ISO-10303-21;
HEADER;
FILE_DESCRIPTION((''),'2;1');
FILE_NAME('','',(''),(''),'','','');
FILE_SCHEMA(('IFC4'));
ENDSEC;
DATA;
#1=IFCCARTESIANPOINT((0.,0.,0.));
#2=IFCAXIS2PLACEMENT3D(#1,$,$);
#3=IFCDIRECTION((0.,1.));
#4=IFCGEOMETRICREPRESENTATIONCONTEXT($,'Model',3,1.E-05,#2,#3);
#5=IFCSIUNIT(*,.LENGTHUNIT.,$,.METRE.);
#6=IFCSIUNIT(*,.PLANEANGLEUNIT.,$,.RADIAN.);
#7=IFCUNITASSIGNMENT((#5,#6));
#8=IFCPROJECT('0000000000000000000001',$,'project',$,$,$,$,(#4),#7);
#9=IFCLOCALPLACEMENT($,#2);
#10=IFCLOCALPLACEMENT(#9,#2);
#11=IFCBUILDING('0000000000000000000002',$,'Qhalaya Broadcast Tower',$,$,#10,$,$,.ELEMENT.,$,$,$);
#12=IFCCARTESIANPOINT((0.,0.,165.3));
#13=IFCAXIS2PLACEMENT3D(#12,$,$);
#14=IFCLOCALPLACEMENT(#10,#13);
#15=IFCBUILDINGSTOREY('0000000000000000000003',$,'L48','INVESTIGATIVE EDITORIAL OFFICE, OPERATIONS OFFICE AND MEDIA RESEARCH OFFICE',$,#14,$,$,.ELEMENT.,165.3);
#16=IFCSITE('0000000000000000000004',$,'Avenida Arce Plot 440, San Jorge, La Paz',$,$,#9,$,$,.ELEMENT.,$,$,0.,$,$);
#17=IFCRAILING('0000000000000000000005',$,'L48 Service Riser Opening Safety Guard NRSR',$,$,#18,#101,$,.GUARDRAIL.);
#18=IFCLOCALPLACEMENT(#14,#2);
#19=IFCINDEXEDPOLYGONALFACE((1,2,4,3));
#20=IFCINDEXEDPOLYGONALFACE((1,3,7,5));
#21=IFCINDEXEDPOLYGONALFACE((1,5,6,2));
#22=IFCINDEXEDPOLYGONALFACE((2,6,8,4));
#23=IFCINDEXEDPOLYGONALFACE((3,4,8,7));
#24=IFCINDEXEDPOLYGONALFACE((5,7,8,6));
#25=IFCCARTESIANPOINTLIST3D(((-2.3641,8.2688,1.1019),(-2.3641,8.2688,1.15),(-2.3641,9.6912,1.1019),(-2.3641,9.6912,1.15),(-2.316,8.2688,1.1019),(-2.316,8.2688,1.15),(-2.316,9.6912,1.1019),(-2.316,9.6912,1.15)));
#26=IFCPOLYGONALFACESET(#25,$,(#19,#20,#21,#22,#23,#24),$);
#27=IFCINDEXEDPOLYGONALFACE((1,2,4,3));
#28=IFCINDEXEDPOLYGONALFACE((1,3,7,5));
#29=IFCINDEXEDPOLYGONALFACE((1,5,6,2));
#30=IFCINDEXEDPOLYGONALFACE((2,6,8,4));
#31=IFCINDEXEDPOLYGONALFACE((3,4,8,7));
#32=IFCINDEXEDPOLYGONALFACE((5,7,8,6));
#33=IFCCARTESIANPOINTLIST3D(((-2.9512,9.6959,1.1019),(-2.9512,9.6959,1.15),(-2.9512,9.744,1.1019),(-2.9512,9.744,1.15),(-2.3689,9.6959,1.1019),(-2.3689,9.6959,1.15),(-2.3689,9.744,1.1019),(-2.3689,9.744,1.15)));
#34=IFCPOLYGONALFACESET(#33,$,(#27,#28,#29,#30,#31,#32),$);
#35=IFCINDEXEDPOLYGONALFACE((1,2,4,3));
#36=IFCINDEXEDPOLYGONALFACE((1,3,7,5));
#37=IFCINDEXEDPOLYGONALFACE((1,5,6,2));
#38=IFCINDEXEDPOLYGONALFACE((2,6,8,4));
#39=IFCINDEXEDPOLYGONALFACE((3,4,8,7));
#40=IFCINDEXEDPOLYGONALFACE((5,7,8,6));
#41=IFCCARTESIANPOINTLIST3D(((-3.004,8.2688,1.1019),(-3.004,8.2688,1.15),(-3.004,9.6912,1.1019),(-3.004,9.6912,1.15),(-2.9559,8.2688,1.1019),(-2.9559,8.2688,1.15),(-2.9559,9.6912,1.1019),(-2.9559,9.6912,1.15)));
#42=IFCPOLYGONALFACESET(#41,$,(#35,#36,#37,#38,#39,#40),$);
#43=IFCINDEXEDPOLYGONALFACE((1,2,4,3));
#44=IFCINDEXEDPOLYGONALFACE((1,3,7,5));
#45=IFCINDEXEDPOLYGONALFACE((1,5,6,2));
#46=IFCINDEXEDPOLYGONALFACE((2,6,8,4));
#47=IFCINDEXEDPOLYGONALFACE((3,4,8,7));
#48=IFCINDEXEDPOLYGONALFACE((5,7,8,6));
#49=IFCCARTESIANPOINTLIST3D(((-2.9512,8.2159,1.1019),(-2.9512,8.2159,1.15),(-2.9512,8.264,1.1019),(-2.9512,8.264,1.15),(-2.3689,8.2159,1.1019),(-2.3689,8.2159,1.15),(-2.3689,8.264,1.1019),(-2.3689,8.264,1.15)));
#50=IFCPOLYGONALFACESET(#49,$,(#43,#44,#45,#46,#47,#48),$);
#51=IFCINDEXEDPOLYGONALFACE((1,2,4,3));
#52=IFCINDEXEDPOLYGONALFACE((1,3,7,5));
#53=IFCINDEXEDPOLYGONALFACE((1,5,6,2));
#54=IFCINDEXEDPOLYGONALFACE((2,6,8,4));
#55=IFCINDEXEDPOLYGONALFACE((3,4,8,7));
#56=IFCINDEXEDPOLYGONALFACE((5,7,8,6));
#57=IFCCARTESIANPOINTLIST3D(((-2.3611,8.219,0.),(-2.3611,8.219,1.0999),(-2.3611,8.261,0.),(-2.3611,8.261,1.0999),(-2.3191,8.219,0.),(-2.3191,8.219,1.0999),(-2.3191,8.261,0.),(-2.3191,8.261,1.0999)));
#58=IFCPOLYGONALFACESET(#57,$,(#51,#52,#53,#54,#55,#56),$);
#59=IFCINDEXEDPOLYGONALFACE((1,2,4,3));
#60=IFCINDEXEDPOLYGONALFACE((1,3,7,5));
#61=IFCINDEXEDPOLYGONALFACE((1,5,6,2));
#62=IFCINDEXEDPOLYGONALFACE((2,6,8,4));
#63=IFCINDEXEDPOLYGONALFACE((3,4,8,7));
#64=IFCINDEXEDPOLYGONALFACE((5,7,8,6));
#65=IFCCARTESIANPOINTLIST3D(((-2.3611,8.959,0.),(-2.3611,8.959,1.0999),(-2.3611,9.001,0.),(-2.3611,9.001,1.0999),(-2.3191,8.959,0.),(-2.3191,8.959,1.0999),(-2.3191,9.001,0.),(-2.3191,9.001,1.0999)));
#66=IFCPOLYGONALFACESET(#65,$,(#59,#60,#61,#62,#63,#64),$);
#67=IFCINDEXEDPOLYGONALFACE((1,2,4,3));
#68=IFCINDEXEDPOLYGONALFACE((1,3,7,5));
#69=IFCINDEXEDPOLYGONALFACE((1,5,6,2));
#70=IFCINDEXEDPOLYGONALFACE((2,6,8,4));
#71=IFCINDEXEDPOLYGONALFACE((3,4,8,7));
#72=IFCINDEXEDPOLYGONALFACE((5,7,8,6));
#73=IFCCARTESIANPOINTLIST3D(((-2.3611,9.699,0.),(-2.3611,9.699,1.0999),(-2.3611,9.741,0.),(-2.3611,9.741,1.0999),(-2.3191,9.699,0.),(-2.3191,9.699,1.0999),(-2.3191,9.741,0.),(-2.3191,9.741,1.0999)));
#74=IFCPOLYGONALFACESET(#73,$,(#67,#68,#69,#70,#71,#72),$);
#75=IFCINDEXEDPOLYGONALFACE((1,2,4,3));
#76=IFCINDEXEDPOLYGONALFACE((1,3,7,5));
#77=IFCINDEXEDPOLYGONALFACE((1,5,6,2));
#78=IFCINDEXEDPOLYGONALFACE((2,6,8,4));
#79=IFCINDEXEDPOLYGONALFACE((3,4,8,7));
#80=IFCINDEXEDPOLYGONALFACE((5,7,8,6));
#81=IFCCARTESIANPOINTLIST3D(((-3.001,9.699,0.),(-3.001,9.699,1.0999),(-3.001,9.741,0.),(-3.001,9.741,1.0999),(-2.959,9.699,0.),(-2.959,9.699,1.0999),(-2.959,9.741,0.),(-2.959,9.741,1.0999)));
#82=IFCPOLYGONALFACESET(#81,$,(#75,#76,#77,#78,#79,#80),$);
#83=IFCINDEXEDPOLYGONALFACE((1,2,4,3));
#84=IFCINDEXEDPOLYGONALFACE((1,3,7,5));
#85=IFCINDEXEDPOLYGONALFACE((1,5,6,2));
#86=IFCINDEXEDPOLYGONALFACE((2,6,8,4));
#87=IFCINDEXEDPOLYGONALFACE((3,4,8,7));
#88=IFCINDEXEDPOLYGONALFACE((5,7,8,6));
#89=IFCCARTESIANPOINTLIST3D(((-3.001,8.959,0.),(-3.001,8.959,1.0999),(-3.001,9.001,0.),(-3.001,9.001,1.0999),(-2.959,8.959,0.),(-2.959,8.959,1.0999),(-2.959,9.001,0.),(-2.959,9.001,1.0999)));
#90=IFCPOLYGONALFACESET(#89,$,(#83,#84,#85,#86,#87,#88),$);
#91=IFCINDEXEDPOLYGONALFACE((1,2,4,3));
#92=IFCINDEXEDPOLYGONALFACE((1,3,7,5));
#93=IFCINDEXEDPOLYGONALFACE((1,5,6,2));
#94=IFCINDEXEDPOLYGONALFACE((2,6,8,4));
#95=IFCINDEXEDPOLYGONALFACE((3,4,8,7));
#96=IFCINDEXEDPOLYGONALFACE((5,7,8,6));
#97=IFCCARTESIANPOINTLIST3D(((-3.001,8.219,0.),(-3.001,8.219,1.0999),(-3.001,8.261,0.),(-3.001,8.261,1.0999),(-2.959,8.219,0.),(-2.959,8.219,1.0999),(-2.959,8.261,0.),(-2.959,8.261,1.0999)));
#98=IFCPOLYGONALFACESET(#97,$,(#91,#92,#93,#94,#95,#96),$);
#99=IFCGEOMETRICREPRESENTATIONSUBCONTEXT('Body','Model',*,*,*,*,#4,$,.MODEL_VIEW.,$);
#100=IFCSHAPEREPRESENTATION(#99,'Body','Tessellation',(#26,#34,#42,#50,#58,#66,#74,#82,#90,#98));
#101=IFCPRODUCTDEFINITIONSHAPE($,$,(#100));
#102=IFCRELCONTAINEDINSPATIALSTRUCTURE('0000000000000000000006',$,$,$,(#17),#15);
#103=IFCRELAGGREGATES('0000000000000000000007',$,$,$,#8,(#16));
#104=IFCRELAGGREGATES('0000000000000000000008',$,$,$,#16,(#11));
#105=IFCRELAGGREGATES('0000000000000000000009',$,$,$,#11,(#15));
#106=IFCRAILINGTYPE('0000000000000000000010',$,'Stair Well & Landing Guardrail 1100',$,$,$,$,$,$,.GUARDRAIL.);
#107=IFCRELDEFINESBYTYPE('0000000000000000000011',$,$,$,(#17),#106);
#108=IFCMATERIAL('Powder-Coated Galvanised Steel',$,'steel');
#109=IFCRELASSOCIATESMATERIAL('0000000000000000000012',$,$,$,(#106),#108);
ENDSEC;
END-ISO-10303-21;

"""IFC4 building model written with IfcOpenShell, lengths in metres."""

from ifc_helpers import new_model, si_unit, direction, frame, origin, origin_2d, place, context, subcontext, project, spatial, rectangle, extrude, material, type_object, element, save


model = new_model("IFC4")

# Units and contexts
model_context = context("Model", 3, precision=1e-05, world=origin(), true_north=direction((0.0, 1.0)))
body_context = subcontext(model_context, "Body", "Model", "MODEL_VIEW")
ifc_project = project(units=[si_unit("LENGTHUNIT", "METRE"), si_unit("PLANEANGLEUNIT", "RADIAN")], contexts=[model_context])

# Site, building, storey
site_placement = place(None, origin())
site = spatial("IfcSite", under=ifc_project, at=site_placement, Name="Avenida Arce Plot 440, San Jorge, La Paz", CompositionType="ELEMENT", RefElevation=0.0)
building_placement = place(site_placement, origin())
building = spatial("IfcBuilding", under=site, at=building_placement, Name="Qhalaya Broadcast Tower", CompositionType="ELEMENT")
storey_placement = place(building_placement, frame((0.0, 0.0, 165.3)))
storey = spatial("IfcBuildingStorey", under=building, at=storey_placement, Name="L48", Description="INVESTIGATIVE EDITORIAL OFFICE, OPERATIONS OFFICE AND MEDIA RESEARCH OFFICE", CompositionType="ELEMENT", Elevation=165.3)

# Railing
ifc_material_1 = material(Name="Powder-Coated Galvanised Steel", Category="steel")
railing_type = type_object("IfcRailingType", Name="Stair Well & Landing Guardrail 1100", PredefinedType="GUARDRAIL", material=ifc_material_1)
railing_placement = place(storey_placement, frame((-2.3401, 8.24, 0.0)))
element("IfcRailing", 1, at=railing_placement, inside=storey, type_object=railing_type, Name="L48 Service Riser Opening Safety Guard NRSR", PredefinedType="GUARDRAIL", context=body_context, shape_type="SweptSolid", body=[
    extrude(rectangle(XDim=0.0481, YDim=0.0481, at=origin_2d()), frame((0.0, 0.0288, 1.126), z_axis=(0.0, 1.0, 0.0), x_axis=(-1.0, 0.0, 0.0)), (0.0, 0.0, 1.0), 1.4224),
    extrude(rectangle(XDim=0.0481, YDim=0.0481, at=origin_2d()), frame((-0.0288, 1.48, 1.126), z_axis=(-1.0, 0.0, 0.0), x_axis=(0.0, -1.0, 0.0)), (0.0, 0.0, 1.0), 0.5823),
    extrude(rectangle(XDim=0.0481, YDim=0.0481, at=origin_2d()), frame((-0.6399, 1.4512, 1.126), z_axis=(0.0, -1.0, 0.0), x_axis=(1.0, 0.0, 0.0)), (0.0, 0.0, 1.0), 1.4224),
    extrude(rectangle(XDim=0.0481, YDim=0.0481, at=origin_2d()), frame((-0.6111, 0.0, 1.126), z_axis=(1.0, 0.0, 0.0), x_axis=(0.0, 1.0, 0.0)), (0.0, 0.0, 1.0), 0.5823),
    extrude(rectangle(XDim=0.042, YDim=0.042, at=origin_2d()), origin(), (0.0, 0.0, 1.0), 1.0999),
    extrude(rectangle(XDim=0.042, YDim=0.042, at=origin_2d()), frame((0.0, 0.74, 0.0)), (0.0, 0.0, 1.0), 1.0999),
    extrude(rectangle(XDim=0.042, YDim=0.042, at=origin_2d()), frame((0.0, 1.48, 0.0)), (0.0, 0.0, 1.0), 1.0999),
    extrude(rectangle(XDim=0.042, YDim=0.042, at=origin_2d()), frame((-0.6399, 1.48, 0.0)), (0.0, 0.0, 1.0), 1.0999),
    extrude(rectangle(XDim=0.042, YDim=0.042, at=origin_2d()), frame((-0.6399, 0.74, 0.0)), (0.0, 0.0, 1.0), 1.0999),
    extrude(rectangle(XDim=0.042, YDim=0.042, at=origin_2d()), frame((-0.6399, 0.0, 0.0)), (0.0, 0.0, 1.0), 1.0999),
])

save(model, "model.ifc")
